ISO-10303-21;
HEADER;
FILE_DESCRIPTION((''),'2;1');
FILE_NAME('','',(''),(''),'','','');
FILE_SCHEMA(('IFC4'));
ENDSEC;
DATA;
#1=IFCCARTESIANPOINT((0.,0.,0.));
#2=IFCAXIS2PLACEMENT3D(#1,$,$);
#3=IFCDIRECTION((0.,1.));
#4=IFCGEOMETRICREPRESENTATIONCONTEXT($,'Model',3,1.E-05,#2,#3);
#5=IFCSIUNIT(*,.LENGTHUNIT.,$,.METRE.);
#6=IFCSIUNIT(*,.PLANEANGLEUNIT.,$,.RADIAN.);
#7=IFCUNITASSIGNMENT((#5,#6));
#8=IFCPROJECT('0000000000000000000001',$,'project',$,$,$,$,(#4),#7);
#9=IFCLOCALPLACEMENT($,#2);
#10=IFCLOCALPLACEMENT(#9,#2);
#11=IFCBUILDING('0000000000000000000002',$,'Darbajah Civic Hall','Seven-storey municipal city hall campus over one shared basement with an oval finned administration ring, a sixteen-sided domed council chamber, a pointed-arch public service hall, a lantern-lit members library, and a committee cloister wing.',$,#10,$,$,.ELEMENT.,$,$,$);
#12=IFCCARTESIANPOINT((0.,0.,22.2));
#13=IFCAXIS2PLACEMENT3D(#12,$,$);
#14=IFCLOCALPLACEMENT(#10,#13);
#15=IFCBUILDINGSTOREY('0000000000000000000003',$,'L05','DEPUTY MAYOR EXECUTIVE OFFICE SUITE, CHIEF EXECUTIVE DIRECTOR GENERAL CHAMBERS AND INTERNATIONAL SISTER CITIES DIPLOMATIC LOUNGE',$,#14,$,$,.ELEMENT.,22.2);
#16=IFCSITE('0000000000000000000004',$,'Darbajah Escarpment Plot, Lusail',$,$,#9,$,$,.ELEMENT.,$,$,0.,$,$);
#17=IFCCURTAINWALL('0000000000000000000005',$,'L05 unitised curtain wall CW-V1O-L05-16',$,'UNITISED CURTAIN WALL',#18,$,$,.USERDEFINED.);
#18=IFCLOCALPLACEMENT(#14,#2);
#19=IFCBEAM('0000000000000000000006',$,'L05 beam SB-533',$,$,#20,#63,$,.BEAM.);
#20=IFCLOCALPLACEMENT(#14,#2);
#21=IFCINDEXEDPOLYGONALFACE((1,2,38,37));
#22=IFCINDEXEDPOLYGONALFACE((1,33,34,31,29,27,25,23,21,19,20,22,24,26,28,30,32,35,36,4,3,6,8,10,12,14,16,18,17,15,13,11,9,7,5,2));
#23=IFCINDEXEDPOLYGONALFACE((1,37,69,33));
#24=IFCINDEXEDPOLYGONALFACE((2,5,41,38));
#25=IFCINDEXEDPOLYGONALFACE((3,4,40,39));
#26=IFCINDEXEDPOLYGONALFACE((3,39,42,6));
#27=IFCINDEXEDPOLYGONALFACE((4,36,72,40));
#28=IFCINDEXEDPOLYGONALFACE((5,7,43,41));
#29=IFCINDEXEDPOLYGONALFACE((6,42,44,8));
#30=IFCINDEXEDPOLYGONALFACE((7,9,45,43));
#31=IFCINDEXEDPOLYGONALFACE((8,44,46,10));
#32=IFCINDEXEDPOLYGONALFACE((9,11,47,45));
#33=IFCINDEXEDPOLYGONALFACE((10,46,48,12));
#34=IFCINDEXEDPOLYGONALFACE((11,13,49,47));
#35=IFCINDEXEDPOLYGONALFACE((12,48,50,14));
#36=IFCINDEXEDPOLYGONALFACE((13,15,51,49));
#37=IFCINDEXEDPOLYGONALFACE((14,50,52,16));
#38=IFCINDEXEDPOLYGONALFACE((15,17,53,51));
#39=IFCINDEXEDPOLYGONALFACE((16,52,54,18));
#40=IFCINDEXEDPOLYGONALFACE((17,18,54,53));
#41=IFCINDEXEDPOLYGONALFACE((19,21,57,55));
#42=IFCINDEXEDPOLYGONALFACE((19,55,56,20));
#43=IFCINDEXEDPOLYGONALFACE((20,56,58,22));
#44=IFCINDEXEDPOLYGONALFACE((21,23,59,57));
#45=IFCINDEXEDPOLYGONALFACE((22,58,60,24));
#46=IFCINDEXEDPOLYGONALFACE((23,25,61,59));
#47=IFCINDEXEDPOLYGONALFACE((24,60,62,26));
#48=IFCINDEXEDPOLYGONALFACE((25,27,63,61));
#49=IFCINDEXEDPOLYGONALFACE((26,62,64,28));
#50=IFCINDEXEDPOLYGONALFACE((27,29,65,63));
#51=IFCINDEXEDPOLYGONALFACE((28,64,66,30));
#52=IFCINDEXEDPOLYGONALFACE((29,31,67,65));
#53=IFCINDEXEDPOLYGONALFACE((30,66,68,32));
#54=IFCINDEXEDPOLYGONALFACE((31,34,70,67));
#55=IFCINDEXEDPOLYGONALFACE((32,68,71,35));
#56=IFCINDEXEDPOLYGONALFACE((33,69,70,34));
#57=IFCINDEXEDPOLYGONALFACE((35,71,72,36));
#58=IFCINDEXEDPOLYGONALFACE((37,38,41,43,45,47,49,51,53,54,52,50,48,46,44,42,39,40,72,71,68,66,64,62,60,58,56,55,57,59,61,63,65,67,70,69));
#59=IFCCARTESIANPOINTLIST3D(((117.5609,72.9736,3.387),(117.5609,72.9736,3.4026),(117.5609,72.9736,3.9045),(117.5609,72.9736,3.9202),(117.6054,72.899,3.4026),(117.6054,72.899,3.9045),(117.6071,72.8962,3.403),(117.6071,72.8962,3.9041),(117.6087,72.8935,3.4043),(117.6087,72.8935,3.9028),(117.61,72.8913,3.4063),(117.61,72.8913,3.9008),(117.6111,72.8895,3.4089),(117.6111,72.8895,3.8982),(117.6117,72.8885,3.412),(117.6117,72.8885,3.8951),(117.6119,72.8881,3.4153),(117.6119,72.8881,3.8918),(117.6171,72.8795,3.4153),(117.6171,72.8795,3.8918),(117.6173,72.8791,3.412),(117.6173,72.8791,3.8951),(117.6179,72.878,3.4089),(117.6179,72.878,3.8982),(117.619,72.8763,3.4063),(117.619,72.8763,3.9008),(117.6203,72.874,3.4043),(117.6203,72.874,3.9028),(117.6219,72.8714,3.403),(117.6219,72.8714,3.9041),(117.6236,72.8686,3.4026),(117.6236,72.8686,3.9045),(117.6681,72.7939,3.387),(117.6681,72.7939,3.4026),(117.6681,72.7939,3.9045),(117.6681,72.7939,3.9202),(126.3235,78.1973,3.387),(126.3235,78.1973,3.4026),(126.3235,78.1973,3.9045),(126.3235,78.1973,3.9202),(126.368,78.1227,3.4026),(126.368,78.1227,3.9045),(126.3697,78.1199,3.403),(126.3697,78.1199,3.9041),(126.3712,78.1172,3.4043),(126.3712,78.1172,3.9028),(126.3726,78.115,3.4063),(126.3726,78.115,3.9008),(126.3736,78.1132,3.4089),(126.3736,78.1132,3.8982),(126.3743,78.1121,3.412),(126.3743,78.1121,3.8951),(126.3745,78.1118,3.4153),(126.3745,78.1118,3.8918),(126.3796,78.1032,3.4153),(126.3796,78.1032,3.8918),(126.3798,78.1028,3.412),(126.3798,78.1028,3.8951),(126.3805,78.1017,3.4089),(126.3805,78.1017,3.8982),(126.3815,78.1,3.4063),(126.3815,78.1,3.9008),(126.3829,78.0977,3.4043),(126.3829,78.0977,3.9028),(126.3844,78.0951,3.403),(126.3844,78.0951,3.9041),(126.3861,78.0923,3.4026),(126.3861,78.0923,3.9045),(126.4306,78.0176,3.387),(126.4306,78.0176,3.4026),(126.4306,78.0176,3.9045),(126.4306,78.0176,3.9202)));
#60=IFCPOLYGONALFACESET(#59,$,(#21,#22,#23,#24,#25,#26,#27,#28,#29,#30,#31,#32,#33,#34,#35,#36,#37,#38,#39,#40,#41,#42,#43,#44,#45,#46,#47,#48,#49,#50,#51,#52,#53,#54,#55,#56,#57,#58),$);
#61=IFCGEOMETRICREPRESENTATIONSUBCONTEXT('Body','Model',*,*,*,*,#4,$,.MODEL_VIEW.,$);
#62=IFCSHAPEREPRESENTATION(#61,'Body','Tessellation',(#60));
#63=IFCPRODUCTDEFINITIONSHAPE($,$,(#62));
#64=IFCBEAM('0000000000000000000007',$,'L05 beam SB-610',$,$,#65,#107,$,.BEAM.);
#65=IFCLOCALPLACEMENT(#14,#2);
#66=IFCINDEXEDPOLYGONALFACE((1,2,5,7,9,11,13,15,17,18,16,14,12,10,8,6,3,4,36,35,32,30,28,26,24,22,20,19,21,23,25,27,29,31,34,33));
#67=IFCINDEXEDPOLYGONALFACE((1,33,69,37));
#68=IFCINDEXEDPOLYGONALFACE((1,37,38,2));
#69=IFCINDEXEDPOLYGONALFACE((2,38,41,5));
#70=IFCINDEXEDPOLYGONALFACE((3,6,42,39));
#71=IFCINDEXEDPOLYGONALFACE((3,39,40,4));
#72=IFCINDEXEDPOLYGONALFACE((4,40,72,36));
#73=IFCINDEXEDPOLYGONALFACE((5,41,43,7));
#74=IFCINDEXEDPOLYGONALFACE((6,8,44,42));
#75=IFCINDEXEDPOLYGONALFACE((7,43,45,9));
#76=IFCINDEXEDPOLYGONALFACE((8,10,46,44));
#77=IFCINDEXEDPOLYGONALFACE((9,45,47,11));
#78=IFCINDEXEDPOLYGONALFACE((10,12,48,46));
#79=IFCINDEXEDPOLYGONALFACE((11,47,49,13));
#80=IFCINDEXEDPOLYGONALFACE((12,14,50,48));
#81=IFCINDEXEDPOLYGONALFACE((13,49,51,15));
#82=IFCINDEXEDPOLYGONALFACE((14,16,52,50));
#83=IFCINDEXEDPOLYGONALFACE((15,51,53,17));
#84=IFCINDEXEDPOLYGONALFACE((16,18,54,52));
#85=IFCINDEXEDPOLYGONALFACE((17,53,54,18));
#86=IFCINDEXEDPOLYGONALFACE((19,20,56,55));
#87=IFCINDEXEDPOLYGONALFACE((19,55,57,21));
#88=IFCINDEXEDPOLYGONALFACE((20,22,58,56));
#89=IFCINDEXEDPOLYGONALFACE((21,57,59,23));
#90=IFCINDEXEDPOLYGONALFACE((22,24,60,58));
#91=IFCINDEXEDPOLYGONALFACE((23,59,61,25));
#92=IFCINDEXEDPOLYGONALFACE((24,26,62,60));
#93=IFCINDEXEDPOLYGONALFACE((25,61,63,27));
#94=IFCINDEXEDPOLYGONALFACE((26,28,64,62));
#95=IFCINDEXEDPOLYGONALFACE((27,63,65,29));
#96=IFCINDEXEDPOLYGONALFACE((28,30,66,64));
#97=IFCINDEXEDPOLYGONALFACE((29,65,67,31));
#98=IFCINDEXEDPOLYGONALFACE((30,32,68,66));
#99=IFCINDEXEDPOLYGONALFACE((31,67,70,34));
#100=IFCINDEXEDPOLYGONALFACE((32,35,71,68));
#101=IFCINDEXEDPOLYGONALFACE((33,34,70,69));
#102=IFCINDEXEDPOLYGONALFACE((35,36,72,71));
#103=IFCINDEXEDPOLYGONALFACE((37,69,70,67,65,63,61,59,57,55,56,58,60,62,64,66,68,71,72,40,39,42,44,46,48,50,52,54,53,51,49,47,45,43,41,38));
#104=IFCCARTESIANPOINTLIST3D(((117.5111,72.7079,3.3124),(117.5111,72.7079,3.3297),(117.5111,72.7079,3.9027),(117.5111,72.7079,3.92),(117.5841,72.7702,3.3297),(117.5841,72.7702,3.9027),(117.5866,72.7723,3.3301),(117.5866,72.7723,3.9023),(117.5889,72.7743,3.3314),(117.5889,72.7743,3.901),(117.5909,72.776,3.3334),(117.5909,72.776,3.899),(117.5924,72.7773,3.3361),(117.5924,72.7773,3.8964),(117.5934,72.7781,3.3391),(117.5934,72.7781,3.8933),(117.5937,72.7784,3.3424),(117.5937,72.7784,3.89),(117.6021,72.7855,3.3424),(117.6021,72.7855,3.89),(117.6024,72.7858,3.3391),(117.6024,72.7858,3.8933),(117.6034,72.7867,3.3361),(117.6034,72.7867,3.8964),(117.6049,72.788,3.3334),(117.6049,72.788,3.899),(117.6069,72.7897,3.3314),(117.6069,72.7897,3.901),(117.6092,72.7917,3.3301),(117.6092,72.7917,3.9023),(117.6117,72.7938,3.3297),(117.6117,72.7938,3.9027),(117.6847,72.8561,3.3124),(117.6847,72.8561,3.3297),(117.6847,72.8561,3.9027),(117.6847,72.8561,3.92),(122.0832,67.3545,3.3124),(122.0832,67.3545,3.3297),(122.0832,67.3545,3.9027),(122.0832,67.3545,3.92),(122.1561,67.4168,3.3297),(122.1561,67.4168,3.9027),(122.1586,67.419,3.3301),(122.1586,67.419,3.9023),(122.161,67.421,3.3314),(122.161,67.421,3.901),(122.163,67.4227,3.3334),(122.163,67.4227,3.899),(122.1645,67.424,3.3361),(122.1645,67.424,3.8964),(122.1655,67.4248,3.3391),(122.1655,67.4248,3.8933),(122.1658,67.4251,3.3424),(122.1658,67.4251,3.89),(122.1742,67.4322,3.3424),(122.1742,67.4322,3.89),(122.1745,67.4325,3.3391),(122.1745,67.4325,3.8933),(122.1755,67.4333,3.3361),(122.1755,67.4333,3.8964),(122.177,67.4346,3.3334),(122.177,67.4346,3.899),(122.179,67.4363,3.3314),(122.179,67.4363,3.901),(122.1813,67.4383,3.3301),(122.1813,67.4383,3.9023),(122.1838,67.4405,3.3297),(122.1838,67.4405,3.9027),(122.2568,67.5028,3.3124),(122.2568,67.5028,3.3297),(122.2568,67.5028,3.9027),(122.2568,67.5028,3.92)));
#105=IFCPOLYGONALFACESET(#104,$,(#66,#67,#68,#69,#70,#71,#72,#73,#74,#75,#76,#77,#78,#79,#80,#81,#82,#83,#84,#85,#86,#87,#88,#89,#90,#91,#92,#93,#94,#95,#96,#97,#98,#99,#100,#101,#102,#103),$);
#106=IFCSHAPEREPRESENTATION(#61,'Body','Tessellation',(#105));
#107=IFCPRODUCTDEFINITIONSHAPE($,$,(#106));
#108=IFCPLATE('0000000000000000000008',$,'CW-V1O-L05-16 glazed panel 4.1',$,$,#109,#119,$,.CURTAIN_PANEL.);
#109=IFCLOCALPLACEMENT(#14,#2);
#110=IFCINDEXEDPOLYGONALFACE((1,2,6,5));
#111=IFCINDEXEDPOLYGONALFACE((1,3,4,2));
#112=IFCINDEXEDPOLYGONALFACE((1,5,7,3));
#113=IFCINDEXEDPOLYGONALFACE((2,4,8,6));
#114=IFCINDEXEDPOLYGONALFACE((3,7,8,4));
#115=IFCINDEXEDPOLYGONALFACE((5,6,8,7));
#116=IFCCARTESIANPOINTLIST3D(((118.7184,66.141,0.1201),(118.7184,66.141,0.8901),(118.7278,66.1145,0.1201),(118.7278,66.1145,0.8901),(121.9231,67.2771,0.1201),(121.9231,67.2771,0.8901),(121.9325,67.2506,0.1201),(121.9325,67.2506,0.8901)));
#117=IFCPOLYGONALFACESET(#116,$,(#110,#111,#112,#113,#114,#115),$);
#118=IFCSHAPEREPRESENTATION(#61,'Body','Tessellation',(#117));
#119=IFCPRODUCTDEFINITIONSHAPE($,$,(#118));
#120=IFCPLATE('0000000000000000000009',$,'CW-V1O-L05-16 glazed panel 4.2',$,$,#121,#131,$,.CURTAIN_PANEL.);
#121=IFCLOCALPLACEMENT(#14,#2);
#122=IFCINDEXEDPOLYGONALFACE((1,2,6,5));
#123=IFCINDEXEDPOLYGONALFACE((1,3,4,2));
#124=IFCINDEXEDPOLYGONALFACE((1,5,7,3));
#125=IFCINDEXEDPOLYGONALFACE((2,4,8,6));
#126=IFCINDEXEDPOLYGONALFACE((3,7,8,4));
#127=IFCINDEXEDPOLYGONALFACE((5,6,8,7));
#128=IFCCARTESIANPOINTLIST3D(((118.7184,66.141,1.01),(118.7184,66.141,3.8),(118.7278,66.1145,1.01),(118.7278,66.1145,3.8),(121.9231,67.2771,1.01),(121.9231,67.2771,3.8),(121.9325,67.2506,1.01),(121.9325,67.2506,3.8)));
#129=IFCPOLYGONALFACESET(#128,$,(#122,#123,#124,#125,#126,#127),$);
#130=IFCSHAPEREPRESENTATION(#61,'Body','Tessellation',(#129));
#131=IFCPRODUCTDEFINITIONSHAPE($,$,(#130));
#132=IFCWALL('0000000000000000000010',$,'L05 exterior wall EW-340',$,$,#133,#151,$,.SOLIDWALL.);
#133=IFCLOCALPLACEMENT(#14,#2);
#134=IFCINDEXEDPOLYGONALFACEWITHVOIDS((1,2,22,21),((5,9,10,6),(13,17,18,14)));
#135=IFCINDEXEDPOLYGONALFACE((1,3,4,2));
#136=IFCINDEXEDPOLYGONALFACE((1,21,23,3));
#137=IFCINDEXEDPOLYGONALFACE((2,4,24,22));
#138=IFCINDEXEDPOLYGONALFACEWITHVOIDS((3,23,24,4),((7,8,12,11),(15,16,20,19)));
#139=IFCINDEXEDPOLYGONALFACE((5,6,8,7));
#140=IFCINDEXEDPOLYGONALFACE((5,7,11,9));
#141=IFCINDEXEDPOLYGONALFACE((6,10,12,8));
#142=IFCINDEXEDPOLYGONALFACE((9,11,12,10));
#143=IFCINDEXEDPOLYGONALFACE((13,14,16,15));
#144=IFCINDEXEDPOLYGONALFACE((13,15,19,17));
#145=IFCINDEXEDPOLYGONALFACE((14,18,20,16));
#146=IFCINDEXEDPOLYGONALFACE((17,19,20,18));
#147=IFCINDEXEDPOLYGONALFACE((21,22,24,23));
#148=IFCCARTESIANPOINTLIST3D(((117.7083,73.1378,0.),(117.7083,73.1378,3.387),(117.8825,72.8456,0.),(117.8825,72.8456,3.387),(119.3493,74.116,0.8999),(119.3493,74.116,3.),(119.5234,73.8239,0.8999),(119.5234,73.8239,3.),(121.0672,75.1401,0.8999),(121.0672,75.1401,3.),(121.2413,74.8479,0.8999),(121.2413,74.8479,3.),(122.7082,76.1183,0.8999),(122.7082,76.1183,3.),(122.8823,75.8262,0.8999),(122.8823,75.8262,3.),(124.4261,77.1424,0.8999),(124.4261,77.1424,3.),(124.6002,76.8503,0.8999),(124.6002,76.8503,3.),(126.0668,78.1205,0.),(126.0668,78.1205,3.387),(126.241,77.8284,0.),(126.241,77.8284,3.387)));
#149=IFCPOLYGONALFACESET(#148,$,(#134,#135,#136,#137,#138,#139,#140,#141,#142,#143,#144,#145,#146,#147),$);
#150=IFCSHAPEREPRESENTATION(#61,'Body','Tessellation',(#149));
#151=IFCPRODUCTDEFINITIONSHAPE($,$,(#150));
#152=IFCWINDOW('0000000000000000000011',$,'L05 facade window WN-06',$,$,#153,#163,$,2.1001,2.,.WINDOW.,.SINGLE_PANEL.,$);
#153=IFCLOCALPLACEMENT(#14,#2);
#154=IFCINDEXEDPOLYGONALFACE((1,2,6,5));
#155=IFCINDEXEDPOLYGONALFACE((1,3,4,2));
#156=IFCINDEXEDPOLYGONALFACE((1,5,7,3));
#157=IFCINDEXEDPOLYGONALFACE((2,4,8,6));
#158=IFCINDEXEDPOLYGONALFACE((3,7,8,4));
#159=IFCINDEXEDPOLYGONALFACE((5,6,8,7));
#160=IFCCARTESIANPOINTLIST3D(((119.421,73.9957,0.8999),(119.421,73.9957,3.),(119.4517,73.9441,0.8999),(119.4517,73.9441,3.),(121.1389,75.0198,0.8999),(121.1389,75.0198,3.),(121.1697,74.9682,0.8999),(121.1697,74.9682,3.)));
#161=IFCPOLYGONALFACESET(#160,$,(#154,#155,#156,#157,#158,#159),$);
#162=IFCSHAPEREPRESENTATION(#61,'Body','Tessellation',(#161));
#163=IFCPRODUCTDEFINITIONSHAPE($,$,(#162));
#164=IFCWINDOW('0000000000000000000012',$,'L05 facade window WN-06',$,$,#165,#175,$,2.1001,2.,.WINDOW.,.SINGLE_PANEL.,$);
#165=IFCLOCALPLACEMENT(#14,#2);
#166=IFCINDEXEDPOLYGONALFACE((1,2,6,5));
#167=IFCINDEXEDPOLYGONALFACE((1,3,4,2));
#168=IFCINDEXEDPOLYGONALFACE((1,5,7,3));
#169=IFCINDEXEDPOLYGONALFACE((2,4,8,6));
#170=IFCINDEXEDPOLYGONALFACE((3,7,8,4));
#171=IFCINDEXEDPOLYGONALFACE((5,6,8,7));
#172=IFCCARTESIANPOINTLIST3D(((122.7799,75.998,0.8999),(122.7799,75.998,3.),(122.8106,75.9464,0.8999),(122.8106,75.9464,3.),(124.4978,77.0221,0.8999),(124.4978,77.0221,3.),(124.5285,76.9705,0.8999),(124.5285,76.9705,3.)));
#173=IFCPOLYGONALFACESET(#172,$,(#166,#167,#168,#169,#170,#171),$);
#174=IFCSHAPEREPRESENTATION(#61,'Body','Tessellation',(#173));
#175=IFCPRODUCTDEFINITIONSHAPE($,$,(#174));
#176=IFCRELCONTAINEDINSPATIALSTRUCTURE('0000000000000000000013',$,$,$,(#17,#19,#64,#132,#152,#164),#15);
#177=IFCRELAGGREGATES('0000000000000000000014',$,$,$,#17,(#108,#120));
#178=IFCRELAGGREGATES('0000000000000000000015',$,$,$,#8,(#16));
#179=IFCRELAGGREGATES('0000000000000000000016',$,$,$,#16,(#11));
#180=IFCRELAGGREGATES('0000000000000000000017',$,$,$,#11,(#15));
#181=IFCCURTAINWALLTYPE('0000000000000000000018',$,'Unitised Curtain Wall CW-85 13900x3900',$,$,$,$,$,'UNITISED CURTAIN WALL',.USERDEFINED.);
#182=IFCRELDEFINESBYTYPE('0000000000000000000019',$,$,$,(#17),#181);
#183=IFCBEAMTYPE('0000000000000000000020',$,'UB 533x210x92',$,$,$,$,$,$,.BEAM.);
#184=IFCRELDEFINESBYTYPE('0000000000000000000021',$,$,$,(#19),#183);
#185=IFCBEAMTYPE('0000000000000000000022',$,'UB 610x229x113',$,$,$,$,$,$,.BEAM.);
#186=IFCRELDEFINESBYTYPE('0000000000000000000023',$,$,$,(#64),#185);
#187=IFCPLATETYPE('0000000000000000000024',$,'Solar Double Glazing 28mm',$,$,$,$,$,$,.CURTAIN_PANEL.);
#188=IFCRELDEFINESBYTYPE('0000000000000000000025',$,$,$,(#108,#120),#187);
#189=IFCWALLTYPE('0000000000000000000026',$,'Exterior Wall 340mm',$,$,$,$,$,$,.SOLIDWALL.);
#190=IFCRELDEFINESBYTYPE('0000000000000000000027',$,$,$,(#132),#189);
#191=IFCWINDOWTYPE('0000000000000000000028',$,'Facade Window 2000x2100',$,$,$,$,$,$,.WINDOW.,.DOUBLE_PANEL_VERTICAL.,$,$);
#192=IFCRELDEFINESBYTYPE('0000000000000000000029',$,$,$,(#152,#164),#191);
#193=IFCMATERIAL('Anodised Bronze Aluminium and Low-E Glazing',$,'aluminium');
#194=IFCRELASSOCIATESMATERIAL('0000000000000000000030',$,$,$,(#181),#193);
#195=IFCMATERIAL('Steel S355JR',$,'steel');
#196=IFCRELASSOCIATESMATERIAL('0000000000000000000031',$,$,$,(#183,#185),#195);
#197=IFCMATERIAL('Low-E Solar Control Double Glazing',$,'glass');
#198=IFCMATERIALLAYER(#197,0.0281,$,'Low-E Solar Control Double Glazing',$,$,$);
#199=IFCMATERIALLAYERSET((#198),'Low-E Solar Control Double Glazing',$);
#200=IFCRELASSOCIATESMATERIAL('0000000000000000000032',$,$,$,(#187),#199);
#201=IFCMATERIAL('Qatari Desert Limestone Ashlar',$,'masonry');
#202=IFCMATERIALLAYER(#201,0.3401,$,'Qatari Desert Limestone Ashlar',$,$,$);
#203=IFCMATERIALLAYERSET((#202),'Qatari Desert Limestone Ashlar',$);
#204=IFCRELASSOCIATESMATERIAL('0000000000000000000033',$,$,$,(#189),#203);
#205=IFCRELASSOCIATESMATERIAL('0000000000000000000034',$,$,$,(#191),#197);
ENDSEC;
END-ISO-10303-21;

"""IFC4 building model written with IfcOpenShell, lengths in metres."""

from ifc_helpers import new_model, si_unit, direction, frame, frame_2d, origin, origin_2d, place, context, subcontext, project, spatial, rectangle, i_section, extrude, material, layer, layer_set, material_profile, profile_set, type_object, element, fill, aggregate, save


model = new_model("IFC4")

# Units and contexts
model_context = context("Model", 3, precision=1e-05, world=origin(), true_north=direction((0.0, 1.0)))
body_context = subcontext(model_context, "Body", "Model", "MODEL_VIEW")
ifc_project = project(units=[si_unit("LENGTHUNIT", "METRE"), si_unit("PLANEANGLEUNIT", "RADIAN")], contexts=[model_context])

# Site, building, storey
site_placement = place(None, origin())
site = spatial("IfcSite", under=ifc_project, at=site_placement, Name="Darbajah Escarpment Plot, Lusail", CompositionType="ELEMENT", RefElevation=0.0)
building_placement = place(site_placement, origin())
building = spatial("IfcBuilding", under=site, at=building_placement, Name="Darbajah Civic Hall", Description="Seven-storey municipal city hall campus over one shared basement with an oval finned administration ring, a sixteen-sided domed council chamber, a pointed-arch public service hall, a lantern-lit members library, and a committee cloister wing.", CompositionType="ELEMENT")
storey_placement = place(building_placement, frame((0.0, 0.0, 22.2)))
storey = spatial("IfcBuildingStorey", under=building, at=storey_placement, Name="L05", Description="DEPUTY MAYOR EXECUTIVE OFFICE SUITE, CHIEF EXECUTIVE DIRECTOR GENERAL CHAMBERS AND INTERNATIONAL SISTER CITIES DIPLOMATIC LOUNGE", CompositionType="ELEMENT", Elevation=22.2)

# Curtain wall
ifc_material_1 = material(Name="Anodised Bronze Aluminium and Low-E Glazing", Category="aluminium")
curtain_wall_type = type_object("IfcCurtainWallType", Name="Unitised Curtain Wall CW-85 13900x3900", ElementType="UNITISED CURTAIN WALL", PredefinedType="USERDEFINED", material=ifc_material_1)
curtain_wall_placement = place(storey_placement, origin())
curtain_wall = element("IfcCurtainWall", 1, at=curtain_wall_placement, inside=storey, type_object=curtain_wall_type, Name="L05 unitised curtain wall CW-V1O-L05-16", ObjectType="UNITISED CURTAIN WALL", PredefinedType="USERDEFINED")

# Beams
ifc_material_2 = material(Name="Steel S355JR", Category="steel")
ifc_material_profile_1 = material_profile(ifc_material_2, i_section(OverallWidth=0.2092, OverallDepth=0.5332, WebThickness=0.01, FlangeThickness=0.0156, FilletRadius=0.0127, at=origin_2d()), Name="UB 533x210x92")
ifc_profile_set_1 = profile_set([ifc_material_profile_1], Name="Steel S355JR")
beam_type_1 = type_object("IfcBeamType", Name="UB 533x210x92", PredefinedType="BEAM", material=ifc_profile_set_1)
beam_1_placement = place(storey_placement, frame((117.6145, 72.8838, 3.6536), z_axis=(0.858953, 0.512055, 0.0), x_axis=(-0.512055, 0.858953, 0.0)))
element("IfcBeam", 2, at=beam_1_placement, inside=storey, type_object=beam_type_1, Name="L05 beam SB-533", PredefinedType="BEAM", context=body_context, shape_type="SweptSolid", body=[
    extrude(i_section(OverallWidth=0.2092, OverallDepth=0.5332, WebThickness=0.01, FlangeThickness=0.0156, FilletRadius=0.0127, at=origin_2d()), origin(), (0.0, 0.0, 1.0), 10.2014),
])
ifc_material_profile_2 = material_profile(ifc_material_2, i_section(OverallWidth=0.2283, OverallDepth=0.6077, WebThickness=0.011, FlangeThickness=0.0173, FilletRadius=0.0127, at=origin_2d()), Name="UB 610x229x113")
ifc_profile_set_2 = profile_set([ifc_material_profile_2], Name="Steel S355JR")
beam_type_2 = type_object("IfcBeamType", Name="UB 610x229x113", PredefinedType="BEAM", material=ifc_profile_set_2)
beam_2_placement = place(storey_placement, frame((117.5979, 72.782, 3.6162), z_axis=(0.649439, -0.760413, 0.0), x_axis=(0.760413, 0.649439, 0.0)))
element("IfcBeam", 3, at=beam_2_placement, inside=storey, type_object=beam_type_2, Name="L05 beam SB-610", PredefinedType="BEAM", context=body_context, shape_type="SweptSolid", body=[
    extrude(i_section(OverallWidth=0.2283, OverallDepth=0.6077, WebThickness=0.011, FlangeThickness=0.0173, FilletRadius=0.0127, at=origin_2d()), origin(), (0.0, 0.0, 1.0), 7.04),
])

# Plates
ifc_material_3 = material(Name="Low-E Solar Control Double Glazing", Category="glass")
ifc_layer_1 = layer(ifc_material_3, 0.0281, Name="Low-E Solar Control Double Glazing")
ifc_layer_set_1 = layer_set([ifc_layer_1], Name="Low-E Solar Control Double Glazing")
plate_type = type_object("IfcPlateType", Name="Solar Double Glazing 28mm", PredefinedType="CURTAIN_PANEL", material=ifc_layer_set_1)
plate_1_placement = place(storey_placement, frame((120.3254, 66.6958, 0.1201), z_axis=(0.0, 0.0, 1.0), x_axis=(0.942525, 0.334136, 0.0)))
plate_1 = element("IfcPlate", 4, at=plate_1_placement, type_object=plate_type, Name="CW-V1O-L05-16 glazed panel 4.1", PredefinedType="CURTAIN_PANEL", context=body_context, shape_type="SweptSolid", body=[
    extrude(rectangle(XDim=3.4001, YDim=0.0281, at=origin_2d()), origin(), (0.0, 0.0, 1.0), 0.77),
])
plate_2_placement = place(storey_placement, frame((120.3254, 66.6958, 1.01), z_axis=(0.0, 0.0, 1.0), x_axis=(0.942525, 0.334136, 0.0)))
plate_2 = element("IfcPlate", 5, at=plate_2_placement, type_object=plate_type, Name="CW-V1O-L05-16 glazed panel 4.2", PredefinedType="CURTAIN_PANEL", context=body_context, shape_type="SweptSolid", body=[
    extrude(rectangle(XDim=3.4001, YDim=0.0281, at=origin_2d()), origin(), (0.0, 0.0, 1.0), 2.79),
])
aggregate(curtain_wall, [plate_1, plate_2])

# Wall, openings, windows
ifc_material_4 = material(Name="Qatari Desert Limestone Ashlar", Category="masonry")
ifc_layer_2 = layer(ifc_material_4, 0.3401, Name="Qatari Desert Limestone Ashlar")
ifc_layer_set_2 = layer_set([ifc_layer_2], Name="Qatari Desert Limestone Ashlar")
wall_type_1 = type_object("IfcWallType", Name="Exterior Wall 340mm", PredefinedType="SOLIDWALL", material=ifc_layer_set_2)
wall_1_placement = place(storey_placement, frame((117.7954, 72.9917, 0.0), z_axis=(0.0, 0.0, 1.0), x_axis=(0.858957, 0.512047, 0.0)))
wall_1 = element("IfcWall", 6, at=wall_1_placement, inside=storey, type_object=wall_type_1, Name="L05 exterior wall EW-340", PredefinedType="SOLIDWALL", context=body_context, shape_type="SweptSolid", body=[
    extrude(rectangle(XDim=9.731, YDim=0.3401, at=frame_2d((4.8655, 0.0))), origin(), (0.0, 0.0, 1.0), 3.387),
])
opening_1_placement = place(wall_1_placement, frame((1.9104, 0.0, 0.8999)))
opening_1 = element("IfcOpeningElement", 7, at=opening_1_placement, cuts=wall_1, PredefinedType="OPENING", context=body_context, shape_type="SweptSolid", body=[
    extrude(rectangle(XDim=2.0, YDim=2.1001, at=frame_2d((1.0, 1.05))), frame((0.0, 0.1799, 0.0), z_axis=(0.0, -1.0, 0.0), x_axis=(1.0, 0.0, 0.0)), (0.0, 0.0, 1.0), 0.3601),
])
opening_2_placement = place(wall_1_placement, frame((5.8208, 0.0, 0.8999)))
opening_2 = element("IfcOpeningElement", 8, at=opening_2_placement, cuts=wall_1, PredefinedType="OPENING", context=body_context, shape_type="SweptSolid", body=[
    extrude(rectangle(XDim=2.0, YDim=2.1001, at=frame_2d((1.0, 1.05))), frame((0.0, 0.1799, 0.0), z_axis=(0.0, -1.0, 0.0), x_axis=(1.0, 0.0, 0.0)), (0.0, 0.0, 1.0), 0.3601),
])
window_type = type_object("IfcWindowType", Name="Facade Window 2000x2100", PartitioningType="DOUBLE_PANEL_VERTICAL", PredefinedType="WINDOW", material=ifc_material_3)
window_1_placement = place(opening_1_placement, origin())
window_1 = element("IfcWindow", 9, at=window_1_placement, inside=storey, type_object=window_type, Name="L05 facade window WN-06", OverallHeight=2.1001, OverallWidth=2.0, PartitioningType="SINGLE_PANEL", PredefinedType="WINDOW", context=body_context, shape_type="SweptSolid", body=[
    extrude(rectangle(XDim=2.0, YDim=2.1001, at=frame_2d((1.0, 1.05))), frame((0.0, 0.03, 0.0), z_axis=(0.0, -1.0, 0.0), x_axis=(1.0, 0.0, 0.0)), (0.0, 0.0, 1.0), 0.0601),
])
fill(opening_1, window_1)
window_2_placement = place(opening_2_placement, origin())
window_2 = element("IfcWindow", 10, at=window_2_placement, inside=storey, type_object=window_type, Name="L05 facade window WN-06", OverallHeight=2.1001, OverallWidth=2.0, PartitioningType="SINGLE_PANEL", PredefinedType="WINDOW", context=body_context, shape_type="SweptSolid", body=[
    extrude(rectangle(XDim=2.0, YDim=2.1001, at=frame_2d((1.0, 1.05))), frame((0.0, 0.03, 0.0), z_axis=(0.0, -1.0, 0.0), x_axis=(1.0, 0.0, 0.0)), (0.0, 0.0, 1.0), 0.0601),
])
fill(opening_2, window_2)

save(model, "model.ifc")
